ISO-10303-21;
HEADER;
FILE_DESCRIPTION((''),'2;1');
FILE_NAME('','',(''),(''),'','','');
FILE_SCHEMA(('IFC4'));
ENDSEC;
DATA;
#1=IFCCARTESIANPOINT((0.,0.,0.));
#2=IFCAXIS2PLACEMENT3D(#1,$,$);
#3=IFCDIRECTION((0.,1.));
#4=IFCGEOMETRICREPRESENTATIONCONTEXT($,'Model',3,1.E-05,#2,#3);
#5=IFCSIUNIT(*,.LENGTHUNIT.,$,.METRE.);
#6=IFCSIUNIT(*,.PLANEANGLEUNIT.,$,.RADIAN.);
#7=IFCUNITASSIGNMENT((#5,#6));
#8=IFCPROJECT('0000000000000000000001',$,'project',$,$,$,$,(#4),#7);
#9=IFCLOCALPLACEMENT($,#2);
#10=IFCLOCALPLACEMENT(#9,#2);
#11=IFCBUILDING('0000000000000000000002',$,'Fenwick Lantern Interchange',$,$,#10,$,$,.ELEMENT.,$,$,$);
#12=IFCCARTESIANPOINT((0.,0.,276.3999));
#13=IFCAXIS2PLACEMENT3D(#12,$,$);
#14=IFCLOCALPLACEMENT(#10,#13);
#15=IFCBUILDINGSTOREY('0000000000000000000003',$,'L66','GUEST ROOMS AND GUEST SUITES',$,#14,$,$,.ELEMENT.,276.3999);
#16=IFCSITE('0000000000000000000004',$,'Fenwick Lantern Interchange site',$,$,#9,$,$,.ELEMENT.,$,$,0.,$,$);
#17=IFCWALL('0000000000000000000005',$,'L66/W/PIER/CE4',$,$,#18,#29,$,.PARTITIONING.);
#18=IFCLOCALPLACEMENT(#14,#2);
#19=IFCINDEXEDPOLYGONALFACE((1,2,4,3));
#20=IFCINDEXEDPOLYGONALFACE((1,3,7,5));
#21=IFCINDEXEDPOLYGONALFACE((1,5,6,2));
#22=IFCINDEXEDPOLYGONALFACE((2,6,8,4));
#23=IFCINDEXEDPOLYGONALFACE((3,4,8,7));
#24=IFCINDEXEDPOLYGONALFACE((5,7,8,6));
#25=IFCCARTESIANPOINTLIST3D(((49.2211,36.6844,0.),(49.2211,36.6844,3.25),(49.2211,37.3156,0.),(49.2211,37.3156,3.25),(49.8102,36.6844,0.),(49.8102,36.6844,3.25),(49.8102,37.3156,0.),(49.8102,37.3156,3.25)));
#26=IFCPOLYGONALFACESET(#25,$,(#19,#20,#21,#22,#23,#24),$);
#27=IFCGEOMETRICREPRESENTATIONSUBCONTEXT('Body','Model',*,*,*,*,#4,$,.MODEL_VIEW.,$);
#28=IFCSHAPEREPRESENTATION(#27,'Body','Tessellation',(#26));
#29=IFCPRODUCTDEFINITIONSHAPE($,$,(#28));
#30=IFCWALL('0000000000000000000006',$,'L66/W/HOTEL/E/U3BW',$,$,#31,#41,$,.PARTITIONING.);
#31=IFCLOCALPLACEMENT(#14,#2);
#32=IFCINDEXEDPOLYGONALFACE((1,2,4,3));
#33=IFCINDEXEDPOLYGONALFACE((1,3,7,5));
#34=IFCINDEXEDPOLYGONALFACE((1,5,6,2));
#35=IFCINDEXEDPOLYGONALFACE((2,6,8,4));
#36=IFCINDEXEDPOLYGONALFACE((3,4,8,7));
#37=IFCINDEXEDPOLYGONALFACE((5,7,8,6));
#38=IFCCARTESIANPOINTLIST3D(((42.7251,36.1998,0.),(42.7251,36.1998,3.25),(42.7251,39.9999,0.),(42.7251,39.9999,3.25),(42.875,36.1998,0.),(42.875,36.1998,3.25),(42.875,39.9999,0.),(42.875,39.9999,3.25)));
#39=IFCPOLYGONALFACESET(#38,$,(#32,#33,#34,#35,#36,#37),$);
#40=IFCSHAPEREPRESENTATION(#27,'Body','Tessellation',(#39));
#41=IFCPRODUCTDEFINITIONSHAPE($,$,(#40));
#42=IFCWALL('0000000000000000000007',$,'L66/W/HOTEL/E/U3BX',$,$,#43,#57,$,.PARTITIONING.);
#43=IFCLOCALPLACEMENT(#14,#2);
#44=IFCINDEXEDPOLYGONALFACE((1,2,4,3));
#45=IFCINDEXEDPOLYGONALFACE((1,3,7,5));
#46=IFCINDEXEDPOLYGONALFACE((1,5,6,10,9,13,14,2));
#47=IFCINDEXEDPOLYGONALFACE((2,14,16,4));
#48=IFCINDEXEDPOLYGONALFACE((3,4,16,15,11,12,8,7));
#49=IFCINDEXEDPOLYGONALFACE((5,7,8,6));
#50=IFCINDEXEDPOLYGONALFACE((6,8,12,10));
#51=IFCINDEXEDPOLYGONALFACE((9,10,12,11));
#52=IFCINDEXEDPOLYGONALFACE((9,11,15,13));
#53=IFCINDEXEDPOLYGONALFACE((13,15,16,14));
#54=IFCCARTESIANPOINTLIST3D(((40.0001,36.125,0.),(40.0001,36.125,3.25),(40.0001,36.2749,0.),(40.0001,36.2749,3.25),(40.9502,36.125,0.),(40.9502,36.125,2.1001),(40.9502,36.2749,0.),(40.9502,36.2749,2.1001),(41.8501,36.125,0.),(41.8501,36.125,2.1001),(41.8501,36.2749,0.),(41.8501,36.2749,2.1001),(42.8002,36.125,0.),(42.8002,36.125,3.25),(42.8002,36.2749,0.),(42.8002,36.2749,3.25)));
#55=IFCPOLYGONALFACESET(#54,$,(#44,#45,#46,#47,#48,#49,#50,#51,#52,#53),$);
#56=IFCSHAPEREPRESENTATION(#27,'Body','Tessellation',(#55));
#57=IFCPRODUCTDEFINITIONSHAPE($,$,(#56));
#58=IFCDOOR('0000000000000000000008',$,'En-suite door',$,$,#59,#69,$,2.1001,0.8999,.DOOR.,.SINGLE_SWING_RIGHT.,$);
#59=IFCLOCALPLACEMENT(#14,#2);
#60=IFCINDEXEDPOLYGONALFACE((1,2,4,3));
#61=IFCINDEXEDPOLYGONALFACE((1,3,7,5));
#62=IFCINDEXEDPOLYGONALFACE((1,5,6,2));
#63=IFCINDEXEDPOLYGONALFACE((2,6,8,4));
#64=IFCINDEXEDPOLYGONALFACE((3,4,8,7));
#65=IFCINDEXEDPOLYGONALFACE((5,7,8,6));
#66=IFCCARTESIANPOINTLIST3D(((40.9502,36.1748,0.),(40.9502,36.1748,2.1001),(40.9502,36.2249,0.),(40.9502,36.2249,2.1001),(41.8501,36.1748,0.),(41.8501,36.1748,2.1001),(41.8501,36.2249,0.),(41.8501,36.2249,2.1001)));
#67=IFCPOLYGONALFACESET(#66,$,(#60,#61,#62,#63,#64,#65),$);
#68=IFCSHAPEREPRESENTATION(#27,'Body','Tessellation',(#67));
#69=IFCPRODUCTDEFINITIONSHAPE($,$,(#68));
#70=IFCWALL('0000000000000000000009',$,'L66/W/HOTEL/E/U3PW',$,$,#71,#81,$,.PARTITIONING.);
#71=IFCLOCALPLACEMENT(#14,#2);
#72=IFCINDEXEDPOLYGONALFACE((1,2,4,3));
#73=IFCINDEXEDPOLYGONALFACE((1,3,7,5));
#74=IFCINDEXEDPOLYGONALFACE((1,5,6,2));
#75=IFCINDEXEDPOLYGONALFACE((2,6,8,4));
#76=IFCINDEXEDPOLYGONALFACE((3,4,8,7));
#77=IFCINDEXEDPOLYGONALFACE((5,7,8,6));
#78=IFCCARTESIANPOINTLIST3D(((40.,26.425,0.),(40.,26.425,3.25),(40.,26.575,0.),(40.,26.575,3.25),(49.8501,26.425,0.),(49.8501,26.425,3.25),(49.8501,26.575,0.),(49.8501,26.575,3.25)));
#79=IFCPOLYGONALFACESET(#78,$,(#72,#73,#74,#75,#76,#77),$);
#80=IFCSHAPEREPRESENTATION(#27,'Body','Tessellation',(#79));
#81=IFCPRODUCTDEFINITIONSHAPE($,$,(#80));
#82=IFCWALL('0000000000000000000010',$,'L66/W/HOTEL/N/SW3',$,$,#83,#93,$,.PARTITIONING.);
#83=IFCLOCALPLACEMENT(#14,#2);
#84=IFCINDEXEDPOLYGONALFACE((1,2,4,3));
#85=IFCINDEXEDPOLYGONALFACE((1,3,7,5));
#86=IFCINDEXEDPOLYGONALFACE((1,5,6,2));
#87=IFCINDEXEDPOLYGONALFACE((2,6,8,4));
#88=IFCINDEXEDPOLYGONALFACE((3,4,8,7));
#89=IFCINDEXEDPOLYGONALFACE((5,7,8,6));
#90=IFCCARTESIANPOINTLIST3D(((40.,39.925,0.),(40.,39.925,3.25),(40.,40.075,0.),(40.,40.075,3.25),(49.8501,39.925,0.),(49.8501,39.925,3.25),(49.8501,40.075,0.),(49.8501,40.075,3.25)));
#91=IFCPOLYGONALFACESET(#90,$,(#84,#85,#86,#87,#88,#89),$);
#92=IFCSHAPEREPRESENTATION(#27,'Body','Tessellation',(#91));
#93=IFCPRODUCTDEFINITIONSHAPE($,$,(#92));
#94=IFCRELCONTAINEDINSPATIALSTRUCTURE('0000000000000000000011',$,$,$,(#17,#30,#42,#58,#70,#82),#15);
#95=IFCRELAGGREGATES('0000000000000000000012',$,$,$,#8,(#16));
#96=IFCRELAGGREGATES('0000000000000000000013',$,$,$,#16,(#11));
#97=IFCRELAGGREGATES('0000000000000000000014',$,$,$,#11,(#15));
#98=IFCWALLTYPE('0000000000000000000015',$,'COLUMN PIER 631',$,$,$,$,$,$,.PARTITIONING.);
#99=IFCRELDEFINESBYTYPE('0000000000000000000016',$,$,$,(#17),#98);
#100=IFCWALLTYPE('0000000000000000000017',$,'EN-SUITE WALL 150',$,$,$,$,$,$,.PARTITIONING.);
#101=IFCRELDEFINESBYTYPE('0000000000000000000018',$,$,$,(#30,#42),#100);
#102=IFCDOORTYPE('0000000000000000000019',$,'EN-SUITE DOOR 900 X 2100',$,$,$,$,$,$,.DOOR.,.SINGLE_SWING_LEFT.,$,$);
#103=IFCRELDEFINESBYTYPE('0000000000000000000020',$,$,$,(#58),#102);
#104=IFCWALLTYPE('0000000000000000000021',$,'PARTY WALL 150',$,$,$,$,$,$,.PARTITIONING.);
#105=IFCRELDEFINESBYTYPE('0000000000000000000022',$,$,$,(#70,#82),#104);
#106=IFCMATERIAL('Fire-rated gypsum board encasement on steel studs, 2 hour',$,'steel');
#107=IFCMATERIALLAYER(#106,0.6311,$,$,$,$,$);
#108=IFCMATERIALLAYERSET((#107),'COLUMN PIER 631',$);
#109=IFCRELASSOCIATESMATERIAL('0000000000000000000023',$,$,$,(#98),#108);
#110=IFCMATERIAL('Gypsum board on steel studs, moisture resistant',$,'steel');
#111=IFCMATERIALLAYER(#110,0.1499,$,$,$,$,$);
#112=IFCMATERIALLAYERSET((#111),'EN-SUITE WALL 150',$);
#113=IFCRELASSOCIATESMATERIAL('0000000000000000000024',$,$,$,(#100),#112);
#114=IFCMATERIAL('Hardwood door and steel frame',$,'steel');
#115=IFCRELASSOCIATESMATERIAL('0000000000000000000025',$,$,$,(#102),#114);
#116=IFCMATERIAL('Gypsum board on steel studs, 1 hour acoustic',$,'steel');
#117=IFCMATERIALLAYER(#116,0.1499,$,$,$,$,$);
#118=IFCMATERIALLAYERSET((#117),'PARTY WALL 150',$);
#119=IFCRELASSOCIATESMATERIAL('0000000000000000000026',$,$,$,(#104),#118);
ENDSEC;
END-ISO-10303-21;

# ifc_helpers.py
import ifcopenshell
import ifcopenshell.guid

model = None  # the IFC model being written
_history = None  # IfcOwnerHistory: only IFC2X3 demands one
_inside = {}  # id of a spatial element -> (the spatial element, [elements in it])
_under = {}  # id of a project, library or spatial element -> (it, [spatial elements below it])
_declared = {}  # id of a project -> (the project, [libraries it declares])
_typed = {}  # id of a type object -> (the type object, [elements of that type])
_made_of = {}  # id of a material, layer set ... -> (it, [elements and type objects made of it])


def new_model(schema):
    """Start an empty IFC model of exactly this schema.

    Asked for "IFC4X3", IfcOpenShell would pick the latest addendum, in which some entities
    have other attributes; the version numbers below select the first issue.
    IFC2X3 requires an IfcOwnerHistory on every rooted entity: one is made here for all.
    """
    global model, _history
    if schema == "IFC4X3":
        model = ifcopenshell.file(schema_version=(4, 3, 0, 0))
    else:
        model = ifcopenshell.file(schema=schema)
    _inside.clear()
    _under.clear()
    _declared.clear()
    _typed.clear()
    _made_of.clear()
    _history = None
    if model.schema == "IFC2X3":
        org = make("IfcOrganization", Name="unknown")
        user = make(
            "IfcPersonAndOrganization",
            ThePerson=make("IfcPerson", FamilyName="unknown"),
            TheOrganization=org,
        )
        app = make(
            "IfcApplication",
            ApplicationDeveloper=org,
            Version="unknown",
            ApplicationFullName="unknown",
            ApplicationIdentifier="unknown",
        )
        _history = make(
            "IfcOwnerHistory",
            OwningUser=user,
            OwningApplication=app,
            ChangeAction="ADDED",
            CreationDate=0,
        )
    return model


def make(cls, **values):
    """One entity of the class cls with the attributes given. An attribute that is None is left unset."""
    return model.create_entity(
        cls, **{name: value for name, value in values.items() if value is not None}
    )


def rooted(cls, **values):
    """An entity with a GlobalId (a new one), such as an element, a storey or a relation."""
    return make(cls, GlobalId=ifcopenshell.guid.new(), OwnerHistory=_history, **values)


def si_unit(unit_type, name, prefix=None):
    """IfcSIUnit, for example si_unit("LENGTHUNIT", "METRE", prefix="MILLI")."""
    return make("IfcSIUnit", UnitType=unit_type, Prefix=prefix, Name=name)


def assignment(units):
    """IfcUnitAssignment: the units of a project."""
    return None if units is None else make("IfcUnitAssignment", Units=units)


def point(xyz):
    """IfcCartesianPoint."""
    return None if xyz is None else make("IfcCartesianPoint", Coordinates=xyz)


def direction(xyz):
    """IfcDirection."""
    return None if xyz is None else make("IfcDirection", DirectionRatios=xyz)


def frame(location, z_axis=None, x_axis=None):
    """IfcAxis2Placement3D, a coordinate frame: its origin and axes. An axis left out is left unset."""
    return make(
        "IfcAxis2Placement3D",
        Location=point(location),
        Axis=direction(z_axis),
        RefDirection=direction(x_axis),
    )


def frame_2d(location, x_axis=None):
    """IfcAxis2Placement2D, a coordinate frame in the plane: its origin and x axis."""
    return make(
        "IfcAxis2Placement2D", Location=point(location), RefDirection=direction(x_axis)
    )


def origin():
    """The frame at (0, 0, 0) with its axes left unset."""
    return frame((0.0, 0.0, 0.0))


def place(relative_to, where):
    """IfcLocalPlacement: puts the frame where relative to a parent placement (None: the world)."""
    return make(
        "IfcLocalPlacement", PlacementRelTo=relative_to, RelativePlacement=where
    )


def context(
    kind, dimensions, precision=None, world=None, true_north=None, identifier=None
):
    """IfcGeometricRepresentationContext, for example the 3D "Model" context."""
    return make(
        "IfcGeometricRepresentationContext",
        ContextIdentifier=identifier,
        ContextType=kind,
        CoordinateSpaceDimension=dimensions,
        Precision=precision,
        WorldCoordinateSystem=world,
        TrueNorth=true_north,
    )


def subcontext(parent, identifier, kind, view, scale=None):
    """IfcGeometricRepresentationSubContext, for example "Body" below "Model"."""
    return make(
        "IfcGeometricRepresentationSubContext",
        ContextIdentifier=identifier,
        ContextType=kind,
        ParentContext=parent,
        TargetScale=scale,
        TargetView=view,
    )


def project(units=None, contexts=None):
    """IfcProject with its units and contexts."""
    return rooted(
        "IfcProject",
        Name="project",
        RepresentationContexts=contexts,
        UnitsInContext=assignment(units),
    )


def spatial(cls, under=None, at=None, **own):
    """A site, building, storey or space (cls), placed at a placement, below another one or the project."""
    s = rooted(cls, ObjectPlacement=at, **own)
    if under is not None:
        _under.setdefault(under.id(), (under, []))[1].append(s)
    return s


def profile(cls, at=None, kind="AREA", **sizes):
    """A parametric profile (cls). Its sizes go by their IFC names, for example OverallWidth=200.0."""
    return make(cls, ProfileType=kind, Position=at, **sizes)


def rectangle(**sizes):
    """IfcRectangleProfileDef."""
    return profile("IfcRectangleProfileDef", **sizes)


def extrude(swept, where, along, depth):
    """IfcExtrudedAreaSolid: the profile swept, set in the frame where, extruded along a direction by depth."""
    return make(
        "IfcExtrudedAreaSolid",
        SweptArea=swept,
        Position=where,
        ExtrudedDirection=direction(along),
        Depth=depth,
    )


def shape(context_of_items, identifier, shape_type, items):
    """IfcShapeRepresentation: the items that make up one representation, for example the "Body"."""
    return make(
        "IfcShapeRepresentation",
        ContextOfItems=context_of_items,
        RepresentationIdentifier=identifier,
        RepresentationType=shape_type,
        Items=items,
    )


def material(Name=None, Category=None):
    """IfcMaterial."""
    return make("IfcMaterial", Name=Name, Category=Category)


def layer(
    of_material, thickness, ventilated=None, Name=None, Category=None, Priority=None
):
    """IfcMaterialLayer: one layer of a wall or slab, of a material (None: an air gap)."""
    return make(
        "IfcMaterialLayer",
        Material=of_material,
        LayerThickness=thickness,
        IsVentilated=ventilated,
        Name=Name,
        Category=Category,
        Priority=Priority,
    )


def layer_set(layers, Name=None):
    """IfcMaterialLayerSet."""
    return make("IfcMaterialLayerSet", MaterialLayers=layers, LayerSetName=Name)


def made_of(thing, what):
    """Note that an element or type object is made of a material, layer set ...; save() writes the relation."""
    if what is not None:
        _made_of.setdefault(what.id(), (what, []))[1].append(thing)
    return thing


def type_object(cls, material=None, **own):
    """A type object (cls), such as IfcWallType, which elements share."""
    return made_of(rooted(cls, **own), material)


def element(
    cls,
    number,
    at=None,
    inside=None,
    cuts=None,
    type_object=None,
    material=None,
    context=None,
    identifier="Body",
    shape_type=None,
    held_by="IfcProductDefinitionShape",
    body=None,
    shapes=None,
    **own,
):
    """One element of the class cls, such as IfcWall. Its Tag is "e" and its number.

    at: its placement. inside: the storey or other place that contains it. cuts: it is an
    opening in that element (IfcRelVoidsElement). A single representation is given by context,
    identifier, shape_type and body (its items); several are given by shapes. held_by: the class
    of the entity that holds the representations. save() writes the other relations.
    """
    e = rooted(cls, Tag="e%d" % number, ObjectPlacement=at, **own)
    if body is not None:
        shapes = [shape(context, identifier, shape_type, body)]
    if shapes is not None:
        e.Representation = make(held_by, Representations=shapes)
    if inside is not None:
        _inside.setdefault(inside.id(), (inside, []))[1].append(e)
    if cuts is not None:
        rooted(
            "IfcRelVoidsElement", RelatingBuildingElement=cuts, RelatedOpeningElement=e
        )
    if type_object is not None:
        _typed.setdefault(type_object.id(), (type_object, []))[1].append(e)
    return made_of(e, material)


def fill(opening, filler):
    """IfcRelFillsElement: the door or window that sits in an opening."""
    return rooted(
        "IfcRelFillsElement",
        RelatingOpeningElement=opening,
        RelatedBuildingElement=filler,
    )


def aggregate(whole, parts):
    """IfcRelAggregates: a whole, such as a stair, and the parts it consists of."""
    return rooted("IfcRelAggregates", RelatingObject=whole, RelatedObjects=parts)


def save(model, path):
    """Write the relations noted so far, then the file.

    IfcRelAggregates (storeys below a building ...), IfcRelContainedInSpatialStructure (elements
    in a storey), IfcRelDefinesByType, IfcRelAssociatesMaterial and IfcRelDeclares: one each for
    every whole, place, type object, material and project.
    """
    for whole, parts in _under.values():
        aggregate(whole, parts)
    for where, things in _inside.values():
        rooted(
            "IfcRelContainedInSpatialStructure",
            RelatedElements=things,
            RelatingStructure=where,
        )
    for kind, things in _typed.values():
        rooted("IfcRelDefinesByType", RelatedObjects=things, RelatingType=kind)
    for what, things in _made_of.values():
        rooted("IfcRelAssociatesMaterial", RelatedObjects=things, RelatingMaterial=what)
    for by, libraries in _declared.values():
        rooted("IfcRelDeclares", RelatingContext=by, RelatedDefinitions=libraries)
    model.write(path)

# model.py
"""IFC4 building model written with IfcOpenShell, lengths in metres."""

from ifc_helpers import new_model, si_unit, direction, frame, frame_2d, origin, place, context, subcontext, project, spatial, rectangle, extrude, material, layer, layer_set, type_object, element, fill, save


model = new_model("IFC4")

# Units and contexts
model_context = context("Model", 3, precision=1e-05, world=origin(), true_north=direction((0.0, 1.0)))
body_context = subcontext(model_context, "Body", "Model", "MODEL_VIEW")
ifc_project = project(units=[si_unit("LENGTHUNIT", "METRE"), si_unit("PLANEANGLEUNIT", "RADIAN")], contexts=[model_context])

# Site, building, storey
site_placement = place(None, origin())
site = spatial("IfcSite", under=ifc_project, at=site_placement, Name="Fenwick Lantern Interchange site", CompositionType="ELEMENT", RefElevation=0.0)
building_placement = place(site_placement, origin())
building = spatial("IfcBuilding", under=site, at=building_placement, Name="Fenwick Lantern Interchange", CompositionType="ELEMENT")
storey_placement = place(building_placement, frame((0.0, 0.0, 276.3999)))
storey = spatial("IfcBuildingStorey", under=building, at=storey_placement, Name="L66", Description="GUEST ROOMS AND GUEST SUITES", CompositionType="ELEMENT", Elevation=276.3999)

# Walls
ifc_material_1 = material(Name="Fire-rated gypsum board encasement on steel studs, 2 hour", Category="steel")
ifc_layer_1 = layer(ifc_material_1, 0.6311)
ifc_layer_set_1 = layer_set([ifc_layer_1], Name="COLUMN PIER 631")
wall_type_1 = type_object("IfcWallType", Name="COLUMN PIER 631", PredefinedType="PARTITIONING", material=ifc_layer_set_1)
wall_1_placement = place(storey_placement, frame((49.8101, 37.0, 0.0), z_axis=(0.0, 0.0, 1.0), x_axis=(-1.0, 0.0, 0.0)))
element("IfcWall", 1, at=wall_1_placement, inside=storey, type_object=wall_type_1, Name="L66/W/PIER/CE4", PredefinedType="PARTITIONING", context=body_context, shape_type="SweptSolid", body=[
    extrude(rectangle(XDim=0.5891, YDim=0.6311, at=frame_2d((0.2944, 0.0))), origin(), (0.0, 0.0, 1.0), 3.25),
])
ifc_material_2 = material(Name="Gypsum board on steel studs, moisture resistant", Category="steel")
ifc_layer_2 = layer(ifc_material_2, 0.1499)
ifc_layer_set_2 = layer_set([ifc_layer_2], Name="EN-SUITE WALL 150")
wall_type_2 = type_object("IfcWallType", Name="EN-SUITE WALL 150", PredefinedType="PARTITIONING", material=ifc_layer_set_2)
wall_2_placement = place(storey_placement, frame((42.8, 36.2, 0.0), z_axis=(0.0, 0.0, 1.0), x_axis=(0.0, 1.0, 0.0)))
element("IfcWall", 2, at=wall_2_placement, inside=storey, type_object=wall_type_2, Name="L66/W/HOTEL/E/U3BW", PredefinedType="PARTITIONING", context=body_context, shape_type="SweptSolid", body=[
    extrude(rectangle(XDim=3.8, YDim=0.1499, at=frame_2d((1.8999, 0.0))), origin(), (0.0, 0.0, 1.0), 3.25),
])

# Wall, opening, door
wall_3_placement = place(storey_placement, frame((42.8, 36.2, 0.0), z_axis=(0.0, 0.0, 1.0), x_axis=(-1.0, 0.0, 0.0)))
wall_3 = element("IfcWall", 3, at=wall_3_placement, inside=storey, type_object=wall_type_2, Name="L66/W/HOTEL/E/U3BX", PredefinedType="PARTITIONING", context=body_context, shape_type="SweptSolid", body=[
    extrude(rectangle(XDim=2.8, YDim=0.1499, at=frame_2d((1.3999, 0.0))), origin(), (0.0, 0.0, 1.0), 3.25),
])
opening_placement = place(wall_3_placement, frame((0.95, 0.0, 0.0)))
opening = element("IfcOpeningElement", 4, at=opening_placement, cuts=wall_3, PredefinedType="OPENING", context=body_context, shape_type="SweptSolid", body=[
    extrude(rectangle(XDim=0.8999, YDim=2.1001, at=frame_2d((0.45, 1.05))), frame((0.0, 0.085, 0.0), z_axis=(0.0, -1.0, 0.0), x_axis=(1.0, 0.0, 0.0)), (0.0, 0.0, 1.0), 0.1699),
])
ifc_material_3 = material(Name="Hardwood door and steel frame", Category="steel")
door_type = type_object("IfcDoorType", Name="EN-SUITE DOOR 900 X 2100", OperationType="SINGLE_SWING_LEFT", PredefinedType="DOOR", material=ifc_material_3)
door_placement = place(opening_placement, frame((0.8999, 0.0, 0.0), z_axis=(0.0, 0.0, 1.0), x_axis=(-1.0, 0.0, 0.0)))
door = element("IfcDoor", 5, at=door_placement, inside=storey, type_object=door_type, Name="En-suite door", OperationType="SINGLE_SWING_RIGHT", OverallHeight=2.1001, OverallWidth=0.8999, PredefinedType="DOOR", context=body_context, shape_type="SweptSolid", body=[
    extrude(rectangle(XDim=0.8999, YDim=2.1001, at=frame_2d((0.45, 1.05))), frame((0.0, 0.0249, 0.0), z_axis=(0.0, -1.0, 0.0), x_axis=(1.0, 0.0, 0.0)), (0.0, 0.0, 1.0), 0.05),
])
fill(opening, door)

# Walls
ifc_material_4 = material(Name="Gypsum board on steel studs, 1 hour acoustic", Category="steel")
ifc_layer_3 = layer(ifc_material_4, 0.1499)
ifc_layer_set_3 = layer_set([ifc_layer_3], Name="PARTY WALL 150")
wall_type_3 = type_object("IfcWallType", Name="PARTY WALL 150", PredefinedType="PARTITIONING", material=ifc_layer_set_3)
for number, where, z_axis, x_axis, name in (
    (6, (49.8501, 26.5, 0.0), (0.0, 0.0, 1.0), (-1.0, 0.0, 0.0), "L66/W/HOTEL/E/U3PW"),
    (7, (49.8501, 40.0, 0.0), (0.0, 0.0, 1.0), (-1.0, 0.0, 0.0), "L66/W/HOTEL/N/SW3"),
):
    element("IfcWall", number, at=place(storey_placement, frame(where, z_axis=z_axis, x_axis=x_axis)), inside=storey, type_object=wall_type_3, Name=name, PredefinedType="PARTITIONING", context=body_context, shape_type="SweptSolid", body=[
        extrude(rectangle(XDim=9.8501, YDim=0.1499, at=frame_2d((4.925, 0.0))), origin(), (0.0, 0.0, 1.0), 3.25),
    ])

save(model, "model.ifc")
